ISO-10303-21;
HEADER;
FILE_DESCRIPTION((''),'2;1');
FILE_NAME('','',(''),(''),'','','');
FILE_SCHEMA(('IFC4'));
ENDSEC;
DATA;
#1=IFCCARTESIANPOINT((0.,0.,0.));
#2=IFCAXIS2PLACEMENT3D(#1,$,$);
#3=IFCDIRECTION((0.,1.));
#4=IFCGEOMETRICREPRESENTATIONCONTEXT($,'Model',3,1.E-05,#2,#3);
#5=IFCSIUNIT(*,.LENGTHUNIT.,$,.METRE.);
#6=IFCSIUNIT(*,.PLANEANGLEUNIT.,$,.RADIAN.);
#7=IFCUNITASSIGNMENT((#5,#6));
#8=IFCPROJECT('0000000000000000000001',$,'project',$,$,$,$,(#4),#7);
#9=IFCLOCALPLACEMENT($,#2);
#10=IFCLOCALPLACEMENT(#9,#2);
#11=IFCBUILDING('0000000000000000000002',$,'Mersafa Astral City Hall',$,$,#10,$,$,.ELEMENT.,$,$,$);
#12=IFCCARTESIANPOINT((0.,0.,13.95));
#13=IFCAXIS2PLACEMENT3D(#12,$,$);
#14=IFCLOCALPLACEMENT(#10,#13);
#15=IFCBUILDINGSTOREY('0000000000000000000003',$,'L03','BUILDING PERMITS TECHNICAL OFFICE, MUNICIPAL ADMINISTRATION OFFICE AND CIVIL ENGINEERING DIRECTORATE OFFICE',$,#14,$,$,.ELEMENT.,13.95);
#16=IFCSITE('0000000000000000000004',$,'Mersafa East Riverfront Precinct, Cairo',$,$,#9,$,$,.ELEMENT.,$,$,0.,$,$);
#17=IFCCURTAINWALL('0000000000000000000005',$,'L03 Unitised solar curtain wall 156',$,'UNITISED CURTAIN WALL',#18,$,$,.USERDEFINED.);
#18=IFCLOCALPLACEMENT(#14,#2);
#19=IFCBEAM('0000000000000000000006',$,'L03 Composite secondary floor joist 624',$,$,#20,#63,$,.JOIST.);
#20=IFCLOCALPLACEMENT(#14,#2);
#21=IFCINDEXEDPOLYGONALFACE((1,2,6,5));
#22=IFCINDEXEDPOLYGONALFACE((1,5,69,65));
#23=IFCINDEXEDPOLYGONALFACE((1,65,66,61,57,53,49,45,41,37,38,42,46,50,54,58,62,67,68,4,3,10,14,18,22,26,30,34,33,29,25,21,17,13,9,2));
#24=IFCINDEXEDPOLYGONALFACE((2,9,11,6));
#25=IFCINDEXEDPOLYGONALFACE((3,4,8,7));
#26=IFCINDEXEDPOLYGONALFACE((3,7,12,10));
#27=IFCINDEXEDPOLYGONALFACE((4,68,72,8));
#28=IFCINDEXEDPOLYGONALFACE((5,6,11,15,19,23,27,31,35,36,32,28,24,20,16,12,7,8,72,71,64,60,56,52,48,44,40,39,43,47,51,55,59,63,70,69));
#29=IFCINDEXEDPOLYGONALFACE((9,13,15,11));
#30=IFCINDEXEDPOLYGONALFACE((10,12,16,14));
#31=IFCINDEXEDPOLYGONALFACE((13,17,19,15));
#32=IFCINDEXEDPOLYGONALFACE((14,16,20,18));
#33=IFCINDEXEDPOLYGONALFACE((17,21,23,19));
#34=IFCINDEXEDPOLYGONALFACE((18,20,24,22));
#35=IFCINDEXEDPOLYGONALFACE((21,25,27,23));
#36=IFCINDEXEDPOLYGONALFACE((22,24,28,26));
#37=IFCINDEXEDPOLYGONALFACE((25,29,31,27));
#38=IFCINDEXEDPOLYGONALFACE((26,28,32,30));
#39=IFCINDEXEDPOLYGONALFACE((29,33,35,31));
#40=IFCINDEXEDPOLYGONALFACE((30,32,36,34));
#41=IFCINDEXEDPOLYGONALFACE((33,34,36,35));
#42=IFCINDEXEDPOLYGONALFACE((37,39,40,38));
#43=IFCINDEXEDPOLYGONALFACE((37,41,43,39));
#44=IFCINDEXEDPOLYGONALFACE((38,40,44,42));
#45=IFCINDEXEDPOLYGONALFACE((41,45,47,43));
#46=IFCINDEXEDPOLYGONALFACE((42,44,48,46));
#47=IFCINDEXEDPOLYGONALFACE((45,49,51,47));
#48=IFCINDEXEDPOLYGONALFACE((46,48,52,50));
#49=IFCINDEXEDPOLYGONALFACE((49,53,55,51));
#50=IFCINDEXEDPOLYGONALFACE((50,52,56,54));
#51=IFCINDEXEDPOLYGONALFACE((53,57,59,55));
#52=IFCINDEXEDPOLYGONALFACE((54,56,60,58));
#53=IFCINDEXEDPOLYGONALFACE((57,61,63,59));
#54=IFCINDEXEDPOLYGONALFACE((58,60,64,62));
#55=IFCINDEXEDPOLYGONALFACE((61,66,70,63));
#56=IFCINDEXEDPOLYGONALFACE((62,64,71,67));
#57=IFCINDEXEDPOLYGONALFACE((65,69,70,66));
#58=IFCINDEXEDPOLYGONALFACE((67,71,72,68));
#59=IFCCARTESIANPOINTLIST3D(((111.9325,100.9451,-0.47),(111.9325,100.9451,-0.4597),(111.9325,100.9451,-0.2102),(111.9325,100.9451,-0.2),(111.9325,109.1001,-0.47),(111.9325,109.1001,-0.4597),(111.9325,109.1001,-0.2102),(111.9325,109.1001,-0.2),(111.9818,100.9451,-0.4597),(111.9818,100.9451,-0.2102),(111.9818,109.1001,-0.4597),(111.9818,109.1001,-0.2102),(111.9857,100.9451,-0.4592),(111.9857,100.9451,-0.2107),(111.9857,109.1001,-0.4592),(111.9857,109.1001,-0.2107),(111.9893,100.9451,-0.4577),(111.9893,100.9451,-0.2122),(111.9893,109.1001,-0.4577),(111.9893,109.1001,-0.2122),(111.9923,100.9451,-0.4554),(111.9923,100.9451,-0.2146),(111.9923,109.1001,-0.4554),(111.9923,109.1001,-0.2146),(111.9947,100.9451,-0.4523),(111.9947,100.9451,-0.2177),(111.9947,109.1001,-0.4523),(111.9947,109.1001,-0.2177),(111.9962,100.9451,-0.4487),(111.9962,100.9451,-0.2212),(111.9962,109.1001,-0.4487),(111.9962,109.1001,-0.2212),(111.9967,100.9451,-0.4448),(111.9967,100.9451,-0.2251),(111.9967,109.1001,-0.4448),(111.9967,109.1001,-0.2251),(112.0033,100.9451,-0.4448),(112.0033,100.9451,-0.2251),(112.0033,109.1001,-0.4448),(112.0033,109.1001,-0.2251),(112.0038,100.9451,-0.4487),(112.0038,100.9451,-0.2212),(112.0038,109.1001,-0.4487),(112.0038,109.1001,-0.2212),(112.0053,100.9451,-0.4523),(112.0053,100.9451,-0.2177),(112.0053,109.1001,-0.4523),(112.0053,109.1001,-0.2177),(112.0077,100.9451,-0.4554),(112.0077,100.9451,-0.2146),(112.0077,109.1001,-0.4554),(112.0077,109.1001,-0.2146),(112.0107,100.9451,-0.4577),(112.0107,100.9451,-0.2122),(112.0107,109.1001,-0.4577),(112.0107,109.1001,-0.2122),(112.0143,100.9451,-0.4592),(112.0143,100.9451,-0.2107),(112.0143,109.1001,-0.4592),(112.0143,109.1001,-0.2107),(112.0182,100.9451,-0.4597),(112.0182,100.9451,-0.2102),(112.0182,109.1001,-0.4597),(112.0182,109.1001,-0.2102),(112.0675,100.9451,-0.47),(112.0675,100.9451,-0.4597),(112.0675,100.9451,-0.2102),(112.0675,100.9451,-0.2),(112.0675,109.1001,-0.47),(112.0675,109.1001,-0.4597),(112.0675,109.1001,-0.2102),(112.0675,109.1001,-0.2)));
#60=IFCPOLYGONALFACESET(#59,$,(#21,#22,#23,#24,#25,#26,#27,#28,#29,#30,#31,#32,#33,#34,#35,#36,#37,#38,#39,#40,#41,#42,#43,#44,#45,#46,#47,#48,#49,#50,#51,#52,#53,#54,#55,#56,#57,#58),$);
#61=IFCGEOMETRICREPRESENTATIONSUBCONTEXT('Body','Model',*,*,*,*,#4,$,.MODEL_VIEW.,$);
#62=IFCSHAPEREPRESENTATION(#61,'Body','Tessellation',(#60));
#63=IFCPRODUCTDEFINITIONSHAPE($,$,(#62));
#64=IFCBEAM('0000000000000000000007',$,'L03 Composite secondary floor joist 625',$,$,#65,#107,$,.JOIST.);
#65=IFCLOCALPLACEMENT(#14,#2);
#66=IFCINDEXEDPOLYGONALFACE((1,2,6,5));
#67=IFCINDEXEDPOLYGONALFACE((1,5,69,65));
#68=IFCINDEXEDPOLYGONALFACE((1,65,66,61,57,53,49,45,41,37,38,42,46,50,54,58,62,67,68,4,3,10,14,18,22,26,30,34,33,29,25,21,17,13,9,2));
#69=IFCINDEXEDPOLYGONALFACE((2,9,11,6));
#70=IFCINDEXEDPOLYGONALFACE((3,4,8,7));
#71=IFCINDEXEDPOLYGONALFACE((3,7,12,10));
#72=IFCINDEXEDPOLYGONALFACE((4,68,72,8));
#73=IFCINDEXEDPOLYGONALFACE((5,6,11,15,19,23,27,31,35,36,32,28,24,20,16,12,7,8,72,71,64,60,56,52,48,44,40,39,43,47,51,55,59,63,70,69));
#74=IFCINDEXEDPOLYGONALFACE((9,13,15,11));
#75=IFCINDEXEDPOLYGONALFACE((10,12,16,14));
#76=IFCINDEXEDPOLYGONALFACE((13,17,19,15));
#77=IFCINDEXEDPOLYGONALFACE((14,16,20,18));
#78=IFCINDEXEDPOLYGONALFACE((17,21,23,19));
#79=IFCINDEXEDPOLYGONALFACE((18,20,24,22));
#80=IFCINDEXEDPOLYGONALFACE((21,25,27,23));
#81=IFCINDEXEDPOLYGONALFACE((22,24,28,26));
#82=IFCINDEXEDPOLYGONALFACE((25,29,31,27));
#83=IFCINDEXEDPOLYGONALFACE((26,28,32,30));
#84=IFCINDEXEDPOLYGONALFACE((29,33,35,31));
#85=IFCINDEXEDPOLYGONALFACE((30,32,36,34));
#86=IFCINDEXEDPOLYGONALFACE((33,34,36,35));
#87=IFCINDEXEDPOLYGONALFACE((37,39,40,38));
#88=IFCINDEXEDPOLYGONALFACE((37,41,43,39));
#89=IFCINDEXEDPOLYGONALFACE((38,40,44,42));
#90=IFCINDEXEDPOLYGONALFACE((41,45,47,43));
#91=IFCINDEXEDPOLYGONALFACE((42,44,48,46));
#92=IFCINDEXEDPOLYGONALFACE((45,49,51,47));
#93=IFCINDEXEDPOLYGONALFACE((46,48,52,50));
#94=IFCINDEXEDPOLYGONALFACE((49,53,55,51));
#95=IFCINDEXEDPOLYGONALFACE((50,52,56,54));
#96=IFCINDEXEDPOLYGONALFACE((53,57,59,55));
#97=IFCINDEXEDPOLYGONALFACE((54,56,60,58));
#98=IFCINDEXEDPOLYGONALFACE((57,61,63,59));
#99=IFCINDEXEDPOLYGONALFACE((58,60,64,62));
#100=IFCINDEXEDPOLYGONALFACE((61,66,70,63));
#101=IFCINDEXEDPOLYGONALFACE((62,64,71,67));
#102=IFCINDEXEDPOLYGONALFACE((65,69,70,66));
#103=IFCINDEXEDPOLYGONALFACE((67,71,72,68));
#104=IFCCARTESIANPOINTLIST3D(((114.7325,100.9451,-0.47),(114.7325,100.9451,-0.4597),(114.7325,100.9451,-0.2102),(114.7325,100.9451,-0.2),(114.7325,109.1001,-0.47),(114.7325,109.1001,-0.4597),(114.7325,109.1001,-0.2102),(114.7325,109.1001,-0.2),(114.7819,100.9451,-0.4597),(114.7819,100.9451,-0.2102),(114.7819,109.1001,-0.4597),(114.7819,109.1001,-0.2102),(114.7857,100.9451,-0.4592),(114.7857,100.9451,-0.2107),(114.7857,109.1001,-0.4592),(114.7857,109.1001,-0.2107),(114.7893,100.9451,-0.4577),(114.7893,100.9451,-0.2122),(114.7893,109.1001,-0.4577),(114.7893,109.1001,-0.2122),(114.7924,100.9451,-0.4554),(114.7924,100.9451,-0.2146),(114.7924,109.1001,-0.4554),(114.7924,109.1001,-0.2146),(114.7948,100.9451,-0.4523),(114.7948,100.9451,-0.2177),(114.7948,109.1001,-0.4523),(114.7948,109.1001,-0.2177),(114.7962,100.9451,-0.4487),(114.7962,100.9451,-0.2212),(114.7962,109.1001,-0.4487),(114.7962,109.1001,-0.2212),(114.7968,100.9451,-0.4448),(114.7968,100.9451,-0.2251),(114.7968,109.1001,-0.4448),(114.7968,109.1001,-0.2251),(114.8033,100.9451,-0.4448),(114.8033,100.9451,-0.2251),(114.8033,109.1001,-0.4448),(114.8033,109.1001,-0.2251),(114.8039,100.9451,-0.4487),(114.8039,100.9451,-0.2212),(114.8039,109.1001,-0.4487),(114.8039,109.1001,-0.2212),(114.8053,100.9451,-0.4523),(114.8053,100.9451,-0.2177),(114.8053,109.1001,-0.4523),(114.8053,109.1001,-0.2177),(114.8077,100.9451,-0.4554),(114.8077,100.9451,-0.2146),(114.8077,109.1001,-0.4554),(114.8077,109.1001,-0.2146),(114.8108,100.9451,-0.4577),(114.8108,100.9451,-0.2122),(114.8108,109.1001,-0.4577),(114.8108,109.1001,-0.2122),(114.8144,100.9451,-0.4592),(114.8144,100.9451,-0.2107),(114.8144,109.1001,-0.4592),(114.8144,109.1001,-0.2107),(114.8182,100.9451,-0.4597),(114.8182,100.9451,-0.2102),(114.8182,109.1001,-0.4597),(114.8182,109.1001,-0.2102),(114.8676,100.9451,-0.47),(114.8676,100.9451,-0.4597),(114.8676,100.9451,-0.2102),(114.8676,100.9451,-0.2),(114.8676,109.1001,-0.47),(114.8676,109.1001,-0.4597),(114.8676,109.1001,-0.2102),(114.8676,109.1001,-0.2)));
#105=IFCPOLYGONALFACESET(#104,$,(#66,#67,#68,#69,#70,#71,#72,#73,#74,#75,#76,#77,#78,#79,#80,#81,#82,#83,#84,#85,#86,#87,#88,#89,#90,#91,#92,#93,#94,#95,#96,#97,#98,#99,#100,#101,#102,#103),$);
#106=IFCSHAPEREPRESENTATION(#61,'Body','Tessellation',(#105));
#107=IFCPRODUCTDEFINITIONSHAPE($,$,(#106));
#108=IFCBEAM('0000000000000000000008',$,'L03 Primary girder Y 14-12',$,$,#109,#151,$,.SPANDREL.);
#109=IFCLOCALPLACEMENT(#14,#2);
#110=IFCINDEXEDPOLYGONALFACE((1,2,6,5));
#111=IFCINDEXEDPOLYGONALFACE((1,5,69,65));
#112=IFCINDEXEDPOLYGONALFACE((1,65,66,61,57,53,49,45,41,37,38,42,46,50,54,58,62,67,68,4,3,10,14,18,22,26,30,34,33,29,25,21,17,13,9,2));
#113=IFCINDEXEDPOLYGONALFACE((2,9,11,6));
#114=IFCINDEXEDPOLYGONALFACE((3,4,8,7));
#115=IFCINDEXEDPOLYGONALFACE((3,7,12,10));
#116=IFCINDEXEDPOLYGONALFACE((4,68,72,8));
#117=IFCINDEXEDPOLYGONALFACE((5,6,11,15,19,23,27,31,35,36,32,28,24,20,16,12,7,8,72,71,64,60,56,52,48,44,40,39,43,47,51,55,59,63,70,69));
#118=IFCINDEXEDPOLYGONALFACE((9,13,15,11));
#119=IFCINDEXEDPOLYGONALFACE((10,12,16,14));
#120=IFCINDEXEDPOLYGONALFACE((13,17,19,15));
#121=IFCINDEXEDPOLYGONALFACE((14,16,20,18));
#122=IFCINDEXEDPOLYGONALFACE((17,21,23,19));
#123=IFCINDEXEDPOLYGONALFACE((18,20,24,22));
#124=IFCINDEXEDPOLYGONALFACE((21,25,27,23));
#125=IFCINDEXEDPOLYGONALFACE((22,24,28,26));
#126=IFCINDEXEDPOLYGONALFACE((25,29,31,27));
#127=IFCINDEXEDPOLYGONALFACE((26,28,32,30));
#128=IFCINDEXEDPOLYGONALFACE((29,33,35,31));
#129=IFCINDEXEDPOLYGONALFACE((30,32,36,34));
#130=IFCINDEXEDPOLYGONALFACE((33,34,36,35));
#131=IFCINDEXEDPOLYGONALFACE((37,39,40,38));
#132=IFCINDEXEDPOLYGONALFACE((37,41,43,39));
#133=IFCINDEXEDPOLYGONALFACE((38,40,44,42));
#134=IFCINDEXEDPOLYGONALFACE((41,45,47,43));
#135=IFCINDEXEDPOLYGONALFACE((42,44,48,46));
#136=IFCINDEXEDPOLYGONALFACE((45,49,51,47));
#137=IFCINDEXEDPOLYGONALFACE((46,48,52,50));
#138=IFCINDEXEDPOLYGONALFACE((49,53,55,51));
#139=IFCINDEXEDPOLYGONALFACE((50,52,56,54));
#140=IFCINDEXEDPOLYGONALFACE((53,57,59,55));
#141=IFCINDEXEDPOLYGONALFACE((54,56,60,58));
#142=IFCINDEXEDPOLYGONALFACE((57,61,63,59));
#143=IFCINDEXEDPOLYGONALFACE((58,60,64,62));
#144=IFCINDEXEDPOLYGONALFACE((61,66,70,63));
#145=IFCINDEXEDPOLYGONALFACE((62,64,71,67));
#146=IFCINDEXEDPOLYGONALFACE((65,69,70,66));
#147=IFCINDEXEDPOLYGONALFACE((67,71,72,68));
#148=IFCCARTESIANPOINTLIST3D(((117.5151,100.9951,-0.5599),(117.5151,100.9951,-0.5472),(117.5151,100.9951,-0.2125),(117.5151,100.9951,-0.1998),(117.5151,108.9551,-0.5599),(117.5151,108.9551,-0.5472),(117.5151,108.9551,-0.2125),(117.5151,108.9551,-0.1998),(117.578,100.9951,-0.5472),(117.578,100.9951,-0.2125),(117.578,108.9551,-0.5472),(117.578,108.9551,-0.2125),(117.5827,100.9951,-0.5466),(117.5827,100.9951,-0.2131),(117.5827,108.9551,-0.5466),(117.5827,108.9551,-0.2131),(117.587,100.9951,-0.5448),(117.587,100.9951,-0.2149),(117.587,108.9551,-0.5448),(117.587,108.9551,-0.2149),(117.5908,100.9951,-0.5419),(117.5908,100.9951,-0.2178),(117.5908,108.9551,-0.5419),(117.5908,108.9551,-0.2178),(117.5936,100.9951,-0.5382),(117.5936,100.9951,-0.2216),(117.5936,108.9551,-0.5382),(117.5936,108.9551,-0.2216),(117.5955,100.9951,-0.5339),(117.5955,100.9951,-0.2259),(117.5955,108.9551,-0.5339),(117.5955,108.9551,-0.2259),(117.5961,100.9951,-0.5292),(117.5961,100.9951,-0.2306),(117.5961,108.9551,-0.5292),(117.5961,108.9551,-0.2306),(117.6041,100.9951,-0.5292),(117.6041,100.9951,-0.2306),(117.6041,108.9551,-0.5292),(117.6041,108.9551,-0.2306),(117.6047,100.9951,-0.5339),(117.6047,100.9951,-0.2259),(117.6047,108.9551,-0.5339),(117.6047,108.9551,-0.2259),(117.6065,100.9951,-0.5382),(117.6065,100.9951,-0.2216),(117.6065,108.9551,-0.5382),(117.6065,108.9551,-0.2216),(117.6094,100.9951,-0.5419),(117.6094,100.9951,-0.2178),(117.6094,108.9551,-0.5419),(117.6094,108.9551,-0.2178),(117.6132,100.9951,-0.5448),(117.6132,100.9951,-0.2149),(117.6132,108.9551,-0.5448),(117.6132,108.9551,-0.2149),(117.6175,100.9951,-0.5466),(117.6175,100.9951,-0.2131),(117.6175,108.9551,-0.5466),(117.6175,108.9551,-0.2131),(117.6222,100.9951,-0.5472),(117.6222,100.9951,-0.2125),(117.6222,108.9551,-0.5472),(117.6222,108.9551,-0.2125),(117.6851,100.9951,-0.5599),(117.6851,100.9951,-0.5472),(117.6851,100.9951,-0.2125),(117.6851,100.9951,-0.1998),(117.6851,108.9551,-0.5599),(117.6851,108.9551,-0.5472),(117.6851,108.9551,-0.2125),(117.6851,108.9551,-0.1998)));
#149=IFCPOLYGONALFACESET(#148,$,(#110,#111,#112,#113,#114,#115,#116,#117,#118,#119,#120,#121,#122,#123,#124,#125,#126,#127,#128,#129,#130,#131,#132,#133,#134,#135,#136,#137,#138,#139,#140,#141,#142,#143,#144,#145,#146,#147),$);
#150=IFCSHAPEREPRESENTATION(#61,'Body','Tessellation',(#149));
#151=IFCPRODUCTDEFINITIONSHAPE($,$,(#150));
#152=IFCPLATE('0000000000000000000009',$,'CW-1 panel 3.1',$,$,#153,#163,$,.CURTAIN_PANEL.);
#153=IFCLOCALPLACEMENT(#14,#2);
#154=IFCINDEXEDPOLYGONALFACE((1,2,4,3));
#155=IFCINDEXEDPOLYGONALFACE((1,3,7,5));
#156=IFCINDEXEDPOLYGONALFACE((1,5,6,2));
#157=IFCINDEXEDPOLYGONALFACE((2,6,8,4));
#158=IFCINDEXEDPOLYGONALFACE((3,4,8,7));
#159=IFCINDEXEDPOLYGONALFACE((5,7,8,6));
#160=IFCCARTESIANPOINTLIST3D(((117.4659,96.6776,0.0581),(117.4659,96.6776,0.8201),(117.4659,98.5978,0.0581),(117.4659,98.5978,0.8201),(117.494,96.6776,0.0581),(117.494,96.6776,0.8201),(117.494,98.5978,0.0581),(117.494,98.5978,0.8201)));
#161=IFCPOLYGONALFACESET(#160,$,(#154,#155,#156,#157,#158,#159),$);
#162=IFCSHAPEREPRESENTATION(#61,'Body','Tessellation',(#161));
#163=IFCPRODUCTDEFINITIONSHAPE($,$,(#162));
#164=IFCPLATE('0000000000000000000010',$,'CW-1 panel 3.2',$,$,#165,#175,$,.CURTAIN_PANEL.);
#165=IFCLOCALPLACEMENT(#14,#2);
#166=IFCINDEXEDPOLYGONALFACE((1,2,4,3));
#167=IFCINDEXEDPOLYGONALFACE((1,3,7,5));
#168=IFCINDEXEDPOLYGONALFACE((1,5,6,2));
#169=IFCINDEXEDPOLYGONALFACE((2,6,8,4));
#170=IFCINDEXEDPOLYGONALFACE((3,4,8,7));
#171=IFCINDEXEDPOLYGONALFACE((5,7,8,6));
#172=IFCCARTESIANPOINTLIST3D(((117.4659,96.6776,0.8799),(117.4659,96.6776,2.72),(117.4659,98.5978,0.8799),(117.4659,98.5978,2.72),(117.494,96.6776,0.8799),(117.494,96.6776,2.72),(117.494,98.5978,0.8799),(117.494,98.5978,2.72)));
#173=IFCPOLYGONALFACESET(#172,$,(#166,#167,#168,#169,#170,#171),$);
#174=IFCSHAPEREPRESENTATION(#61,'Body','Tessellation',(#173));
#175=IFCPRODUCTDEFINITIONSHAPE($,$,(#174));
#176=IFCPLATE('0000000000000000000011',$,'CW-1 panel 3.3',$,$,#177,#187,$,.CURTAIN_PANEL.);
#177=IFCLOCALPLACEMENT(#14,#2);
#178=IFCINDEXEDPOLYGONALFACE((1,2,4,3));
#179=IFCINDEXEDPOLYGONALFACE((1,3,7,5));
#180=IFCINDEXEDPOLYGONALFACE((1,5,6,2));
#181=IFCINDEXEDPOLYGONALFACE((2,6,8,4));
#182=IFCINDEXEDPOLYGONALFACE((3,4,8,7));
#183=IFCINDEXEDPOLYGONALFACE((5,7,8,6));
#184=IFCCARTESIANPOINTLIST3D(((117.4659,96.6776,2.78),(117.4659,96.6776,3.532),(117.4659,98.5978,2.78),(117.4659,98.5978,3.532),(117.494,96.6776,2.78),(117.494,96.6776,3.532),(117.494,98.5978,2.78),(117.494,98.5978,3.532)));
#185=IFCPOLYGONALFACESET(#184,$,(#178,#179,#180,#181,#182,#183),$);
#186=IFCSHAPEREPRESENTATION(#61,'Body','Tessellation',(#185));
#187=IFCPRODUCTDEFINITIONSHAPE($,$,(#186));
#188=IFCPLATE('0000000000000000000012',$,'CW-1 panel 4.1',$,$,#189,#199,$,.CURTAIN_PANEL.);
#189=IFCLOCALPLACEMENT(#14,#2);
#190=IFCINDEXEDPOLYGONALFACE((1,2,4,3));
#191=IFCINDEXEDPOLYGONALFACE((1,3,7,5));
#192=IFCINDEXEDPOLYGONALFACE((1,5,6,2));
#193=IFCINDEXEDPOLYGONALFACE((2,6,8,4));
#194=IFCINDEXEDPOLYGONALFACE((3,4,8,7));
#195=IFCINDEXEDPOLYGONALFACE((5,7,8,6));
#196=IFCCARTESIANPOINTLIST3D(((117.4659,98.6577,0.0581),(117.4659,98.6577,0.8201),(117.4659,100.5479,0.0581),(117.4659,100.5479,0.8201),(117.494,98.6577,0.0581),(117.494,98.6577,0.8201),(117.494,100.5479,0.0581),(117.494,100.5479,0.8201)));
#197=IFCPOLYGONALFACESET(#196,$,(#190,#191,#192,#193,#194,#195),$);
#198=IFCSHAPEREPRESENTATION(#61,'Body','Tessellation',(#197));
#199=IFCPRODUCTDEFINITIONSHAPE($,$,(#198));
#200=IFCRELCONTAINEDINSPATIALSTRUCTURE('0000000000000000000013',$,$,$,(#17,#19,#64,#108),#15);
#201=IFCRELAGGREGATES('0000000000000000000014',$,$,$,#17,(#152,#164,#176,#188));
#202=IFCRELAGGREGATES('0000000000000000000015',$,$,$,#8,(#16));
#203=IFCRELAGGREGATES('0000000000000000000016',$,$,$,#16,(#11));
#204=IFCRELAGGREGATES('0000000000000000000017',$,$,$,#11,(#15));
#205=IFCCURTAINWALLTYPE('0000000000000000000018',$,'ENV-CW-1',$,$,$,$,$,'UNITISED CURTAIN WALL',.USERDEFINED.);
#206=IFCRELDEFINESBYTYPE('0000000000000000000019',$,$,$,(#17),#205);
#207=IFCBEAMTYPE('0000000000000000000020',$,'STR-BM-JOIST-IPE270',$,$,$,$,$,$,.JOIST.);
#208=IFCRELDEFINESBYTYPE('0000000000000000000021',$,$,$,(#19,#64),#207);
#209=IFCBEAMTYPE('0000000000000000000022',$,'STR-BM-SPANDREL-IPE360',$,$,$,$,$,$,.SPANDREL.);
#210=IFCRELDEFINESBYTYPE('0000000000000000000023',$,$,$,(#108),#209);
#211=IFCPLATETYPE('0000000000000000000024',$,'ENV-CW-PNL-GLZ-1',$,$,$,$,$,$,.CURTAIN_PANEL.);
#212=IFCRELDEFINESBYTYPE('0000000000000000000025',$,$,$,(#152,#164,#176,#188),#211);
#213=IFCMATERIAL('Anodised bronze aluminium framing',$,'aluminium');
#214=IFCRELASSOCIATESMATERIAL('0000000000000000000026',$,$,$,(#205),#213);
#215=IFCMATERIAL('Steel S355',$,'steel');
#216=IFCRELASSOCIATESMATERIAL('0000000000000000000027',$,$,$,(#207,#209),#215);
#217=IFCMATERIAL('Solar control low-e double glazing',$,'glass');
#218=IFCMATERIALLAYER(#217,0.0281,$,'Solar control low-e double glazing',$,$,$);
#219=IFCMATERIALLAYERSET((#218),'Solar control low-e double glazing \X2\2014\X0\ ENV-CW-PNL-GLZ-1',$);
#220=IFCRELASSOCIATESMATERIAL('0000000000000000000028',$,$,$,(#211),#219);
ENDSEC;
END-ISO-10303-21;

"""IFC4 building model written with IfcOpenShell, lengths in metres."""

from ifc_helpers import new_model, si_unit, direction, frame, origin, origin_2d, place, context, subcontext, project, spatial, rectangle, i_section, extrude, material, layer, layer_set, material_profile, profile_set, type_object, element, aggregate, save


model = new_model("IFC4")

# Units and contexts
model_context = context("Model", 3, precision=1e-05, world=origin(), true_north=direction((0.0, 1.0)))
body_context = subcontext(model_context, "Body", "Model", "MODEL_VIEW")
ifc_project = project(units=[si_unit("LENGTHUNIT", "METRE"), si_unit("PLANEANGLEUNIT", "RADIAN")], contexts=[model_context])

# Site, building, storey
site_placement = place(None, origin())
site = spatial("IfcSite", under=ifc_project, at=site_placement, Name="Mersafa East Riverfront Precinct, Cairo", CompositionType="ELEMENT", RefElevation=0.0)
building_placement = place(site_placement, origin())
building = spatial("IfcBuilding", under=site, at=building_placement, Name="Mersafa Astral City Hall", CompositionType="ELEMENT")
storey_placement = place(building_placement, frame((0.0, 0.0, 13.95)))
storey = spatial("IfcBuildingStorey", under=building, at=storey_placement, Name="L03", Description="BUILDING PERMITS TECHNICAL OFFICE, MUNICIPAL ADMINISTRATION OFFICE AND CIVIL ENGINEERING DIRECTORATE OFFICE", CompositionType="ELEMENT", Elevation=13.95)

# Shared definitions
ifc_material_1 = material(Name="Steel S355", Category="steel")

# Curtain wall
ifc_material_2 = material(Name="Anodised bronze aluminium framing", Category="aluminium")
curtain_wall_type = type_object("IfcCurtainWallType", Name="ENV-CW-1", ElementType="UNITISED CURTAIN WALL", PredefinedType="USERDEFINED", material=ifc_material_2)
curtain_wall_placement = place(storey_placement, origin())
curtain_wall = element("IfcCurtainWall", 1, at=curtain_wall_placement, inside=storey, type_object=curtain_wall_type, Name="L03 Unitised solar curtain wall 156", ObjectType="UNITISED CURTAIN WALL", PredefinedType="USERDEFINED")

# Beams
ifc_material_profile_1 = material_profile(ifc_material_1, i_section(OverallWidth=0.135, OverallDepth=0.27, WebThickness=0.0066, FlangeThickness=0.0103, FilletRadius=0.0149, at=origin_2d()), Name="IPE 270")
ifc_profile_set_1 = profile_set([ifc_material_profile_1], Name="Steel S355")
beam_type_1 = type_object("IfcBeamType", Name="STR-BM-JOIST-IPE270", PredefinedType="JOIST", material=ifc_profile_set_1)
for number, where, z_axis, x_axis, name in (
    (2, (112.0, 100.9451, -0.335), (0.0, 1.0, 0.0), (-1.0, 0.0, 0.0), "L03 Composite secondary floor joist 624"),
    (3, (114.8, 100.9451, -0.335), (0.0, 1.0, 0.0), (-1.0, 0.0, 0.0), "L03 Composite secondary floor joist 625"),
):
    element("IfcBeam", number, at=place(storey_placement, frame(where, z_axis=z_axis, x_axis=x_axis)), inside=storey, type_object=beam_type_1, Name=name, PredefinedType="JOIST", context=body_context, shape_type="SweptSolid", body=[
        extrude(i_section(OverallWidth=0.135, OverallDepth=0.27, WebThickness=0.0066, FlangeThickness=0.0103, FilletRadius=0.0149, at=origin_2d()), origin(), (0.0, 0.0, 1.0), 8.155),
    ])
ifc_material_profile_2 = material_profile(ifc_material_1, i_section(OverallWidth=0.1699, OverallDepth=0.3601, WebThickness=0.0081, FlangeThickness=0.0127, FilletRadius=0.0181, at=origin_2d()), Name="IPE 360")
ifc_profile_set_2 = profile_set([ifc_material_profile_2], Name="Steel S355")
beam_type_2 = type_object("IfcBeamType", Name="STR-BM-SPANDREL-IPE360", PredefinedType="SPANDREL", material=ifc_profile_set_2)
beam_placement = place(storey_placement, frame((117.6001, 100.9951, -0.3799), z_axis=(0.0, 1.0, 0.0), x_axis=(-1.0, 0.0, 0.0)))
element("IfcBeam", 4, at=beam_placement, inside=storey, type_object=beam_type_2, Name="L03 Primary girder Y 14-12", PredefinedType="SPANDREL", context=body_context, shape_type="SweptSolid", body=[
    extrude(i_section(OverallWidth=0.1699, OverallDepth=0.3601, WebThickness=0.0081, FlangeThickness=0.0127, FilletRadius=0.0181, at=origin_2d()), origin(), (0.0, 0.0, 1.0), 7.96),
])

# Plates
ifc_material_3 = material(Name="Solar control low-e double glazing", Category="glass")
ifc_layer_1 = layer(ifc_material_3, 0.0281, Name="Solar control low-e double glazing")
ifc_layer_set_1 = layer_set([ifc_layer_1], Name="Solar control low-e double glazing — ENV-CW-PNL-GLZ-1")
plate_type = type_object("IfcPlateType", Name="ENV-CW-PNL-GLZ-1", PredefinedType="CURTAIN_PANEL", material=ifc_layer_set_1)
plate_1_placement = place(storey_placement, frame((117.48, 97.6377, 0.0581), z_axis=(0.0, 0.0, 1.0), x_axis=(0.0, 1.0, 0.0)))
plate_1 = element("IfcPlate", 5, at=plate_1_placement, type_object=plate_type, Name="CW-1 panel 3.1", PredefinedType="CURTAIN_PANEL", context=body_context, shape_type="SweptSolid", body=[
    extrude(rectangle(XDim=1.9202, YDim=0.0281, at=origin_2d()), origin(), (0.0, 0.0, 1.0), 0.762),
])
plate_2_placement = place(storey_placement, frame((117.48, 97.6377, 0.8799), z_axis=(0.0, 0.0, 1.0), x_axis=(0.0, 1.0, 0.0)))
plate_2 = element("IfcPlate", 6, at=plate_2_placement, type_object=plate_type, Name="CW-1 panel 3.2", PredefinedType="CURTAIN_PANEL", context=body_context, shape_type="SweptSolid", body=[
    extrude(rectangle(XDim=1.9202, YDim=0.0281, at=origin_2d()), origin(), (0.0, 0.0, 1.0), 1.8401),
])
plate_3_placement = place(storey_placement, frame((117.48, 97.6377, 2.78), z_axis=(0.0, 0.0, 1.0), x_axis=(0.0, 1.0, 0.0)))
plate_3 = element("IfcPlate", 7, at=plate_3_placement, type_object=plate_type, Name="CW-1 panel 3.3", PredefinedType="CURTAIN_PANEL", context=body_context, shape_type="SweptSolid", body=[
    extrude(rectangle(XDim=1.9202, YDim=0.0281, at=origin_2d()), origin(), (0.0, 0.0, 1.0), 0.752),
])
plate_4_placement = place(storey_placement, frame((117.48, 99.6028, 0.0581), z_axis=(0.0, 0.0, 1.0), x_axis=(0.0, 1.0, 0.0)))
plate_4 = element("IfcPlate", 8, at=plate_4_placement, type_object=plate_type, Name="CW-1 panel 4.1", PredefinedType="CURTAIN_PANEL", context=body_context, shape_type="SweptSolid", body=[
    extrude(rectangle(XDim=1.8901, YDim=0.0281, at=origin_2d()), origin(), (0.0, 0.0, 1.0), 0.762),
])
aggregate(curtain_wall, [plate_1, plate_2, plate_3, plate_4])

save(model, "model.ifc")
